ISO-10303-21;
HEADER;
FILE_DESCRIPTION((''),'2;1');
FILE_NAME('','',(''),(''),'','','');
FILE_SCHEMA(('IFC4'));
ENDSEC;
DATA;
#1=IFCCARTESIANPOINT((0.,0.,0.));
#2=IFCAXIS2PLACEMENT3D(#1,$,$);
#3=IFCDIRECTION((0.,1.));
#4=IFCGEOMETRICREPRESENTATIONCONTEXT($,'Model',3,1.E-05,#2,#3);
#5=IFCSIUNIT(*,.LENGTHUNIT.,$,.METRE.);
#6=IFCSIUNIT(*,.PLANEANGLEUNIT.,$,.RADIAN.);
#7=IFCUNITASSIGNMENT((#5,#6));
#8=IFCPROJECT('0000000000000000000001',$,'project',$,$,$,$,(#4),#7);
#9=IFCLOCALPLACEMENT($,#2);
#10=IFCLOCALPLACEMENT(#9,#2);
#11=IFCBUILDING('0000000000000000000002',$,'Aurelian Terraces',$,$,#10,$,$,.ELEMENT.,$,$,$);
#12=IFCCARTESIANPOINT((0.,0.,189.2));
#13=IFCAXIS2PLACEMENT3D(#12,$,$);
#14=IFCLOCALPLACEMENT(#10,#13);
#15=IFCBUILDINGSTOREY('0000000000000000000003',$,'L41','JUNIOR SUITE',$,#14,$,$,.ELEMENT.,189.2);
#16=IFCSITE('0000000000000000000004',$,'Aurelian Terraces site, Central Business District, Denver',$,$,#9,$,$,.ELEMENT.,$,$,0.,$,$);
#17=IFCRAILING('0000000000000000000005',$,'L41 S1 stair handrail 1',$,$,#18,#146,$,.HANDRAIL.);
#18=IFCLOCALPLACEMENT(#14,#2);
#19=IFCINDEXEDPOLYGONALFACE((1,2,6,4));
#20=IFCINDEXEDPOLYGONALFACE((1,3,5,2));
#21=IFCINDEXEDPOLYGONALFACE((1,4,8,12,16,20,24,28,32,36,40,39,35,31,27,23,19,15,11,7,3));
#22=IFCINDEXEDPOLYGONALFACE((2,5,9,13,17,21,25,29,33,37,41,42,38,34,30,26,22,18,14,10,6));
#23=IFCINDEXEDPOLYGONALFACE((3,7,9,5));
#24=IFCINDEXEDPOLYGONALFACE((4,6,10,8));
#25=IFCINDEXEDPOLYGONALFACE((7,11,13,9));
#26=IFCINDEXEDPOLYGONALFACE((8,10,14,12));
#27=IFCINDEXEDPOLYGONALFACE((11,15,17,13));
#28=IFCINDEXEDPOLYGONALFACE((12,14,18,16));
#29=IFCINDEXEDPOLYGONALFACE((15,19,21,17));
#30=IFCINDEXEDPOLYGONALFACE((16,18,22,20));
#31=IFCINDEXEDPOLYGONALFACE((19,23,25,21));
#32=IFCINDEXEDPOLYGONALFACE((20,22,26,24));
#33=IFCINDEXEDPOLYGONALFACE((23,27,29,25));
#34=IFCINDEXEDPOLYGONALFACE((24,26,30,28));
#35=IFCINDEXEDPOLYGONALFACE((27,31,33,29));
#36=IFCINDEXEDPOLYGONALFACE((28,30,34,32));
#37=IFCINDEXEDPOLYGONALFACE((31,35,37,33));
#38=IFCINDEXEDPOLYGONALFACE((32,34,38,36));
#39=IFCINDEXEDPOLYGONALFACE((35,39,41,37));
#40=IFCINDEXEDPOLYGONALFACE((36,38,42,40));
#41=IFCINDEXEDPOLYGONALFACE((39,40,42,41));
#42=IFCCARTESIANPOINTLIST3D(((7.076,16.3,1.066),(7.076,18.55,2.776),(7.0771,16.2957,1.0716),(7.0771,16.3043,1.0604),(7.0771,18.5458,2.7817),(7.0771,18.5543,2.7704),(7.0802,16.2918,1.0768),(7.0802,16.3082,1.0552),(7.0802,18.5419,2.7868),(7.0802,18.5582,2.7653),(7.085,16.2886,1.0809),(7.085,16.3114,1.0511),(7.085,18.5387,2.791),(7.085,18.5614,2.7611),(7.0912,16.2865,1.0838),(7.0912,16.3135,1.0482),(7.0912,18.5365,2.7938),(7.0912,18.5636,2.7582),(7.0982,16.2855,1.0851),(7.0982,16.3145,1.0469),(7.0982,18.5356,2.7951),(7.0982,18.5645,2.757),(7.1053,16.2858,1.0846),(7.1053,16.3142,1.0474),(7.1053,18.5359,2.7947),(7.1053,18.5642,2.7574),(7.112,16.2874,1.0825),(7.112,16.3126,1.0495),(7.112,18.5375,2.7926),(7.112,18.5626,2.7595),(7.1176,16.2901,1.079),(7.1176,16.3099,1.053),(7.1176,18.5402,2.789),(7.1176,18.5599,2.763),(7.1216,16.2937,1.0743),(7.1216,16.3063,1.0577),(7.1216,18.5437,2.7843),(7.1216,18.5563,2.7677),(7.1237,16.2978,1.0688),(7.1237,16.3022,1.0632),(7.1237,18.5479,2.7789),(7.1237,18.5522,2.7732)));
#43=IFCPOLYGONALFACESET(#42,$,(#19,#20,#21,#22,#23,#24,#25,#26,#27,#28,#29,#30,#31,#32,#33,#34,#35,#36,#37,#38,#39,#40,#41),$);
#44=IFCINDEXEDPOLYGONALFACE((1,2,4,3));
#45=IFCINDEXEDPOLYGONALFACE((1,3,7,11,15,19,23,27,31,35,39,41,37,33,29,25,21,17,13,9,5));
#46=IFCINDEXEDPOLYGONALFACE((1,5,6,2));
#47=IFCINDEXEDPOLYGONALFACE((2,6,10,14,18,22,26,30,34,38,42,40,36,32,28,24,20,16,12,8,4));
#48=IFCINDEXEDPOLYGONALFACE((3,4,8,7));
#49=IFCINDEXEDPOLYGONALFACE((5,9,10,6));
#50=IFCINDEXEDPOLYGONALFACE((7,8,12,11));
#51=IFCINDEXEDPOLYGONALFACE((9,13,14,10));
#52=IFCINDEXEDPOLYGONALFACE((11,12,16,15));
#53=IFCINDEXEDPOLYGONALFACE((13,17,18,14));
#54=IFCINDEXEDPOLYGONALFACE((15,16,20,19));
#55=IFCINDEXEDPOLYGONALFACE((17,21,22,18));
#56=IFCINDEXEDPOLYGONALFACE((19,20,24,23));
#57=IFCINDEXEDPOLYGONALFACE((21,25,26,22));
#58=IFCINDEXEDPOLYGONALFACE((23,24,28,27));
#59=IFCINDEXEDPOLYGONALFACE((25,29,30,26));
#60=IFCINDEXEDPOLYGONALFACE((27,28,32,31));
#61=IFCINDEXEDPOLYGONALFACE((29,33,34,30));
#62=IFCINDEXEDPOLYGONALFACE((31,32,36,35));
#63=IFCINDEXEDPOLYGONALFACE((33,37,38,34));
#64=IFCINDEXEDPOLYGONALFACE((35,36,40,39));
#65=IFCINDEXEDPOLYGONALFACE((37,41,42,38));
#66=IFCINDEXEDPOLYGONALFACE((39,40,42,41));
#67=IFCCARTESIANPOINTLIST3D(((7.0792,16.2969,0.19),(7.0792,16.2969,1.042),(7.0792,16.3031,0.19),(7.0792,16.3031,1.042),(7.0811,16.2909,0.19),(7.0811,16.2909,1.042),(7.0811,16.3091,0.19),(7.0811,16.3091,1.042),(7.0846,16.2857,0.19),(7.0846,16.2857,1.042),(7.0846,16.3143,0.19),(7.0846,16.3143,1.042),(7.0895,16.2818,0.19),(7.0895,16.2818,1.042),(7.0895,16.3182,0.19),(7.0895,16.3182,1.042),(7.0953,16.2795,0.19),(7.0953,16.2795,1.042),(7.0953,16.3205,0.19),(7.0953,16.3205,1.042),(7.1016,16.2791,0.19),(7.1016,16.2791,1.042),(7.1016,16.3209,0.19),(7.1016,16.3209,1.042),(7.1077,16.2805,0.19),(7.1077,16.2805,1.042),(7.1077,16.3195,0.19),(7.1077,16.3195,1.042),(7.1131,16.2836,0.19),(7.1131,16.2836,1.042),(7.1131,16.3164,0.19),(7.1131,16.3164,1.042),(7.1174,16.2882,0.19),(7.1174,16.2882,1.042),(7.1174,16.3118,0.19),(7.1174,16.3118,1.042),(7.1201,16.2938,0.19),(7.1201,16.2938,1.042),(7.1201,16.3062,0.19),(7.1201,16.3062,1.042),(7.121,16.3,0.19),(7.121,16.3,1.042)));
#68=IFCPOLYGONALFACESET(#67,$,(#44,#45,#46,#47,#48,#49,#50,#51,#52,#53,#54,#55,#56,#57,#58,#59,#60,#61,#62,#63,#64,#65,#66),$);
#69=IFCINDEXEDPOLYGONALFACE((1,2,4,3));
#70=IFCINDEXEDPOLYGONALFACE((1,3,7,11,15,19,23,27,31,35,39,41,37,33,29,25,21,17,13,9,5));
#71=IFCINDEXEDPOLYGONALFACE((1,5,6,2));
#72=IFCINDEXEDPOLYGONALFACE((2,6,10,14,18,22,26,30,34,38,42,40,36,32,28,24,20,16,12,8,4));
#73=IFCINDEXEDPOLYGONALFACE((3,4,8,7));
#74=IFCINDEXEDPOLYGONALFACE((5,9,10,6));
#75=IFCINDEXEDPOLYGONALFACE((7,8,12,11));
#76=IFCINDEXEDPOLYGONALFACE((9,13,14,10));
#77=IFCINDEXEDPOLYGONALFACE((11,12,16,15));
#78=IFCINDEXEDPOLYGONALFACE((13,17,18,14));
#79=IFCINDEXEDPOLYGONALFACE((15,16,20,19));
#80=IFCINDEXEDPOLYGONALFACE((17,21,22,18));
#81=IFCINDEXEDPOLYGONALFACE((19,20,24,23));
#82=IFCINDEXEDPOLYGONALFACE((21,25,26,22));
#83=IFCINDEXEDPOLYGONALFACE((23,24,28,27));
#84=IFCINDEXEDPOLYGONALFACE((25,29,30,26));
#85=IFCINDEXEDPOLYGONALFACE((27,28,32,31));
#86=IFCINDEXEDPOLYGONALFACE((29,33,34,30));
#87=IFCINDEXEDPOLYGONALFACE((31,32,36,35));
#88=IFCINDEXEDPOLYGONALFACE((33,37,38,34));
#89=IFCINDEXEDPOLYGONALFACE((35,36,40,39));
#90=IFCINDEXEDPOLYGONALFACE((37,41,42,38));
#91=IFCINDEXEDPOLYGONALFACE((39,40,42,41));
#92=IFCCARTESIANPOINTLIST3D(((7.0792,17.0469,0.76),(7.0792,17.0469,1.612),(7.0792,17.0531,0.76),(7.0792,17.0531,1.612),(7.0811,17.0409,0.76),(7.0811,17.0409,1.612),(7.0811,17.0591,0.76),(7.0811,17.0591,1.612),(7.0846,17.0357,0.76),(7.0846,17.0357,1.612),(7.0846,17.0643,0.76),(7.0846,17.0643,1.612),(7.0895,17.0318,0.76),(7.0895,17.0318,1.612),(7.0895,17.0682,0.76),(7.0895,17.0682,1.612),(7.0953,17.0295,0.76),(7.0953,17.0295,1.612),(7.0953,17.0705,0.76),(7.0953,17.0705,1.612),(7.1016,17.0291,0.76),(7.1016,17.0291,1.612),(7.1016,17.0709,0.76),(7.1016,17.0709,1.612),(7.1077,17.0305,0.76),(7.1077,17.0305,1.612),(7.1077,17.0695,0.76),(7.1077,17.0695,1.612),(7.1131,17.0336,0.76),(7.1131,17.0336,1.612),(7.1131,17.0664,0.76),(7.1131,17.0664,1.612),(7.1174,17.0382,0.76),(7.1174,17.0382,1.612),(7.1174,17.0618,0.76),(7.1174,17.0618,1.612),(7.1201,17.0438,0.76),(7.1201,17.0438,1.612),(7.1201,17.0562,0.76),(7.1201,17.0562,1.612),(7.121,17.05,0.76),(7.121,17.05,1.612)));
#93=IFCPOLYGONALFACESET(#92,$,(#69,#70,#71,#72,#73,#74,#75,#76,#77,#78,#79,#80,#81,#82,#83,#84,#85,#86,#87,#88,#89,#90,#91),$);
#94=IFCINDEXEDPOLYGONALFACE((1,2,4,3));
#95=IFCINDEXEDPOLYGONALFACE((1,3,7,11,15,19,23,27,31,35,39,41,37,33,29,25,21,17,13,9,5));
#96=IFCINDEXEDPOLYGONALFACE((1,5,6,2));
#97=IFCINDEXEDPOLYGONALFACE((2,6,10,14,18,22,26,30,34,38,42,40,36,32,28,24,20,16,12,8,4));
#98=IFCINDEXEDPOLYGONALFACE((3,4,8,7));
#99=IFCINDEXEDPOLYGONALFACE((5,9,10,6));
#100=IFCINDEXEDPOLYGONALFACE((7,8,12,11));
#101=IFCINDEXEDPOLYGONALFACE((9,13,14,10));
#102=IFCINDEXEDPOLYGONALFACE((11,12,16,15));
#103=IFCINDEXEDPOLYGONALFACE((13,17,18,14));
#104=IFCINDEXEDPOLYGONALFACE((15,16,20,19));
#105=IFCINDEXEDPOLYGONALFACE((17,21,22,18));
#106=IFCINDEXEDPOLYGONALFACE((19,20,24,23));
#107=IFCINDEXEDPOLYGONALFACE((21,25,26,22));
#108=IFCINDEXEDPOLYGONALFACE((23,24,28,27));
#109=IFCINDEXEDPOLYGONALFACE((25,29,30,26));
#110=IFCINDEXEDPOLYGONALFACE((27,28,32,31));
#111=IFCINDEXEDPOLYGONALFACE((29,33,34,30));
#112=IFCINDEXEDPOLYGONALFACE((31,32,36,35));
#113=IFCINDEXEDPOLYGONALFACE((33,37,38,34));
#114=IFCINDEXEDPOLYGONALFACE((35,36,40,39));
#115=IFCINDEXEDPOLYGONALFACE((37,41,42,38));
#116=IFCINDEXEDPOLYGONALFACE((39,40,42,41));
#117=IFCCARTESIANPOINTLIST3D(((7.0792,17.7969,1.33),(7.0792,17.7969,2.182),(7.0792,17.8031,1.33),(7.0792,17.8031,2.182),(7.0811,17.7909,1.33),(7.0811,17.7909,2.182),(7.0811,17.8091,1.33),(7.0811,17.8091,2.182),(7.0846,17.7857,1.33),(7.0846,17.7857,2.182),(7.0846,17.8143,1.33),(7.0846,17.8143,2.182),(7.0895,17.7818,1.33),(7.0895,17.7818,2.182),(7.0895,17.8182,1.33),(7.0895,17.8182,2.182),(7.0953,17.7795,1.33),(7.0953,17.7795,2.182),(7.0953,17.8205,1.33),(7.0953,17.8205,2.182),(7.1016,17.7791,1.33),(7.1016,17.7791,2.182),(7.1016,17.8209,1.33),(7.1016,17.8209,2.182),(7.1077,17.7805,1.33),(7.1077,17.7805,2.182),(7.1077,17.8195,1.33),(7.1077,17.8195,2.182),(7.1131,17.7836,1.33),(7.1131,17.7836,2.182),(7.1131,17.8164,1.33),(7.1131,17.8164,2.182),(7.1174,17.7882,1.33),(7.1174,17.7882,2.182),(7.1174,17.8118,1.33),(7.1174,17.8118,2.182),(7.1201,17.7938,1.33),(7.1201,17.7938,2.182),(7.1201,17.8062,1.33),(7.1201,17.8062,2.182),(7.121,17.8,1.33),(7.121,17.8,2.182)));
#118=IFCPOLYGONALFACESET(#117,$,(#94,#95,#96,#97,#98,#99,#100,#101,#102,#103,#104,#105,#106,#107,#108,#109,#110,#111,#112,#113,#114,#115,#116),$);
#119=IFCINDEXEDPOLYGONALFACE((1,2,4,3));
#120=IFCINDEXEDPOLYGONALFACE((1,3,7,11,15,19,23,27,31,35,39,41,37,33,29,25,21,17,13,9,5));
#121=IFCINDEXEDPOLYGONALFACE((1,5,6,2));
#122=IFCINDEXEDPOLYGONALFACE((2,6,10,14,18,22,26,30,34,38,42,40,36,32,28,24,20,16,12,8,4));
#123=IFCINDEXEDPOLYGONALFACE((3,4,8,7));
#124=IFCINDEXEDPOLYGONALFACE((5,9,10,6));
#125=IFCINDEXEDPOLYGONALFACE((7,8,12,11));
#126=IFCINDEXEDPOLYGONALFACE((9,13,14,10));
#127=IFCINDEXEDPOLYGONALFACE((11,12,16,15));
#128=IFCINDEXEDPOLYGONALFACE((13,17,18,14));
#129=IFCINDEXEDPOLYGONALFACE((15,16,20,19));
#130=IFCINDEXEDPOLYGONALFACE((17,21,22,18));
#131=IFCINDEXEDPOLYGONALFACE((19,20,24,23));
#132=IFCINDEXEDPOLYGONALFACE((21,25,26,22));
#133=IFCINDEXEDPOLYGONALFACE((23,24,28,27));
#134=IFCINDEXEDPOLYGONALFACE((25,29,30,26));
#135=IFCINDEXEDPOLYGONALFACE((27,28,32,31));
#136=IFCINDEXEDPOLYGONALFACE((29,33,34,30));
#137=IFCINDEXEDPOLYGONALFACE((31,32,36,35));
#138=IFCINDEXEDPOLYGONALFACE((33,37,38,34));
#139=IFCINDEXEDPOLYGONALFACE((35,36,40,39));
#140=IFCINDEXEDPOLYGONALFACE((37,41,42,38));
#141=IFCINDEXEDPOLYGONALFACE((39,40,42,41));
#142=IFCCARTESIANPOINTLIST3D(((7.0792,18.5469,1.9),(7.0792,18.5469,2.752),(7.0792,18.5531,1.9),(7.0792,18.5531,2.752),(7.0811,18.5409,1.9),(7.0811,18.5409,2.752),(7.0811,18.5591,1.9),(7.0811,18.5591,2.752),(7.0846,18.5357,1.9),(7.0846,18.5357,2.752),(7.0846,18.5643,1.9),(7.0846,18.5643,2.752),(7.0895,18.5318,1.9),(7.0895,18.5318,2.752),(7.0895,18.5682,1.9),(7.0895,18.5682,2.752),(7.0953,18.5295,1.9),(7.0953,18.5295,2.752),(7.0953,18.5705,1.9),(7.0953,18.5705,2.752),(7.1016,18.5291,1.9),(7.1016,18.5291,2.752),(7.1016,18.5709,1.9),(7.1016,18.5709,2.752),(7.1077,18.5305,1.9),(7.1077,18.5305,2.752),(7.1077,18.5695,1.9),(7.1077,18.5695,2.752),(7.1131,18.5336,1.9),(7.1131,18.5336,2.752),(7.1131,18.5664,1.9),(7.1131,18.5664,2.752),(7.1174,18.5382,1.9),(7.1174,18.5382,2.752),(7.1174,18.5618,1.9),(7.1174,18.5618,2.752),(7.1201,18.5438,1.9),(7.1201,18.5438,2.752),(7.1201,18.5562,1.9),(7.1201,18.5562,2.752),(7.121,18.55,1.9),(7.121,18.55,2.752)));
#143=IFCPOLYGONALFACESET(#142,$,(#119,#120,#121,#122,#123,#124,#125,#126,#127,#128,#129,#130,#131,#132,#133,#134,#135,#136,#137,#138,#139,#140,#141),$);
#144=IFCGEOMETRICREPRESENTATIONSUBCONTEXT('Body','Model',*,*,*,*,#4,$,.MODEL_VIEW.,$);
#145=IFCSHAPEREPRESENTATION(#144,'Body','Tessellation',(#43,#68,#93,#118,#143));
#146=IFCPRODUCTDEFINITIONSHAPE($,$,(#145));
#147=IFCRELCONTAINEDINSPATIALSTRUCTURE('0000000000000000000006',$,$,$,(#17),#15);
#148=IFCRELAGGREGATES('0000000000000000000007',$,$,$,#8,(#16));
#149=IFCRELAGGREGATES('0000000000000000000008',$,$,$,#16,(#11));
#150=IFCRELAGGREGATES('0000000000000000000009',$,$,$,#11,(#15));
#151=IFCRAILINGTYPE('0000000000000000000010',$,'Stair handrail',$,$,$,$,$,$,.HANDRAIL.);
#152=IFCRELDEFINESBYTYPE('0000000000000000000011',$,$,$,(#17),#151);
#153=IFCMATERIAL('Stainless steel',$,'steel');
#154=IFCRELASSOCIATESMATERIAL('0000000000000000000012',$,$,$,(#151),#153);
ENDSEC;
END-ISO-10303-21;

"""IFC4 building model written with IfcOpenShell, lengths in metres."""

from ifc_helpers import new_model, si_unit, direction, frame, origin, origin_2d, place, context, subcontext, project, spatial, circle, extrude, source, transform, mapped, material, type_object, element, save


model = new_model("IFC4")

# Units and contexts
model_context = context("Model", 3, precision=1e-05, world=origin(), true_north=direction((0.0, 1.0)))
body_context = subcontext(model_context, "Body", "Model", "MODEL_VIEW")
ifc_project = project(units=[si_unit("LENGTHUNIT", "METRE"), si_unit("PLANEANGLEUNIT", "RADIAN")], contexts=[model_context])

# Site, building, storey
site_placement = place(None, origin())
site = spatial("IfcSite", under=ifc_project, at=site_placement, Name="Aurelian Terraces site, Central Business District, Denver", CompositionType="ELEMENT", RefElevation=0.0)
building_placement = place(site_placement, origin())
building = spatial("IfcBuilding", under=site, at=building_placement, Name="Aurelian Terraces", CompositionType="ELEMENT")
storey_placement = place(building_placement, frame((0.0, 0.0, 189.2)))
storey = spatial("IfcBuildingStorey", under=building, at=storey_placement, Name="L41", Description="JUNIOR SUITE", CompositionType="ELEMENT", Elevation=189.2)

# Shared definitions
ifc_material_1 = material(Name="Stainless steel", Category="steel")

# Railing
railing_type = type_object("IfcRailingType", Name="Stair handrail", PredefinedType="HANDRAIL", material=ifc_material_1)
shared_shape_1 = source(origin(), body_context, "Body", "SweptSolid", [
    extrude(circle(Radius=0.024, at=origin_2d()), frame((0.0, 0.0, 0.876), z_axis=(0.0, 0.796162, 0.605083), x_axis=(-1.0, 0.0, 0.0)), (0.0, 0.0, 1.0), 2.8261),
    extrude(circle(Radius=0.021, at=origin_2d()), origin(), (0.0, 0.0, 1.0), 0.852),
    extrude(circle(Radius=0.021, at=origin_2d()), frame((0.0, 0.75, 0.57)), (0.0, 0.0, 1.0), 0.852),
    extrude(circle(Radius=0.021, at=origin_2d()), frame((0.0, 1.5, 1.14)), (0.0, 0.0, 1.0), 0.852),
    extrude(circle(Radius=0.021, at=origin_2d()), frame((0.0, 2.25, 1.71)), (0.0, 0.0, 1.0), 0.852),
])
railing_placement = place(storey_placement, frame((7.1, 16.3, 0.19)))
element("IfcRailing", 1, at=railing_placement, inside=storey, type_object=railing_type, Name="L41 S1 stair handrail 1", PredefinedType="HANDRAIL", context=body_context, shape_type="MappedRepresentation", body=[
    mapped(shared_shape_1, transform((0.0, 0.0, 0.0), scale=1.0)),
])

save(model, "model.ifc")
